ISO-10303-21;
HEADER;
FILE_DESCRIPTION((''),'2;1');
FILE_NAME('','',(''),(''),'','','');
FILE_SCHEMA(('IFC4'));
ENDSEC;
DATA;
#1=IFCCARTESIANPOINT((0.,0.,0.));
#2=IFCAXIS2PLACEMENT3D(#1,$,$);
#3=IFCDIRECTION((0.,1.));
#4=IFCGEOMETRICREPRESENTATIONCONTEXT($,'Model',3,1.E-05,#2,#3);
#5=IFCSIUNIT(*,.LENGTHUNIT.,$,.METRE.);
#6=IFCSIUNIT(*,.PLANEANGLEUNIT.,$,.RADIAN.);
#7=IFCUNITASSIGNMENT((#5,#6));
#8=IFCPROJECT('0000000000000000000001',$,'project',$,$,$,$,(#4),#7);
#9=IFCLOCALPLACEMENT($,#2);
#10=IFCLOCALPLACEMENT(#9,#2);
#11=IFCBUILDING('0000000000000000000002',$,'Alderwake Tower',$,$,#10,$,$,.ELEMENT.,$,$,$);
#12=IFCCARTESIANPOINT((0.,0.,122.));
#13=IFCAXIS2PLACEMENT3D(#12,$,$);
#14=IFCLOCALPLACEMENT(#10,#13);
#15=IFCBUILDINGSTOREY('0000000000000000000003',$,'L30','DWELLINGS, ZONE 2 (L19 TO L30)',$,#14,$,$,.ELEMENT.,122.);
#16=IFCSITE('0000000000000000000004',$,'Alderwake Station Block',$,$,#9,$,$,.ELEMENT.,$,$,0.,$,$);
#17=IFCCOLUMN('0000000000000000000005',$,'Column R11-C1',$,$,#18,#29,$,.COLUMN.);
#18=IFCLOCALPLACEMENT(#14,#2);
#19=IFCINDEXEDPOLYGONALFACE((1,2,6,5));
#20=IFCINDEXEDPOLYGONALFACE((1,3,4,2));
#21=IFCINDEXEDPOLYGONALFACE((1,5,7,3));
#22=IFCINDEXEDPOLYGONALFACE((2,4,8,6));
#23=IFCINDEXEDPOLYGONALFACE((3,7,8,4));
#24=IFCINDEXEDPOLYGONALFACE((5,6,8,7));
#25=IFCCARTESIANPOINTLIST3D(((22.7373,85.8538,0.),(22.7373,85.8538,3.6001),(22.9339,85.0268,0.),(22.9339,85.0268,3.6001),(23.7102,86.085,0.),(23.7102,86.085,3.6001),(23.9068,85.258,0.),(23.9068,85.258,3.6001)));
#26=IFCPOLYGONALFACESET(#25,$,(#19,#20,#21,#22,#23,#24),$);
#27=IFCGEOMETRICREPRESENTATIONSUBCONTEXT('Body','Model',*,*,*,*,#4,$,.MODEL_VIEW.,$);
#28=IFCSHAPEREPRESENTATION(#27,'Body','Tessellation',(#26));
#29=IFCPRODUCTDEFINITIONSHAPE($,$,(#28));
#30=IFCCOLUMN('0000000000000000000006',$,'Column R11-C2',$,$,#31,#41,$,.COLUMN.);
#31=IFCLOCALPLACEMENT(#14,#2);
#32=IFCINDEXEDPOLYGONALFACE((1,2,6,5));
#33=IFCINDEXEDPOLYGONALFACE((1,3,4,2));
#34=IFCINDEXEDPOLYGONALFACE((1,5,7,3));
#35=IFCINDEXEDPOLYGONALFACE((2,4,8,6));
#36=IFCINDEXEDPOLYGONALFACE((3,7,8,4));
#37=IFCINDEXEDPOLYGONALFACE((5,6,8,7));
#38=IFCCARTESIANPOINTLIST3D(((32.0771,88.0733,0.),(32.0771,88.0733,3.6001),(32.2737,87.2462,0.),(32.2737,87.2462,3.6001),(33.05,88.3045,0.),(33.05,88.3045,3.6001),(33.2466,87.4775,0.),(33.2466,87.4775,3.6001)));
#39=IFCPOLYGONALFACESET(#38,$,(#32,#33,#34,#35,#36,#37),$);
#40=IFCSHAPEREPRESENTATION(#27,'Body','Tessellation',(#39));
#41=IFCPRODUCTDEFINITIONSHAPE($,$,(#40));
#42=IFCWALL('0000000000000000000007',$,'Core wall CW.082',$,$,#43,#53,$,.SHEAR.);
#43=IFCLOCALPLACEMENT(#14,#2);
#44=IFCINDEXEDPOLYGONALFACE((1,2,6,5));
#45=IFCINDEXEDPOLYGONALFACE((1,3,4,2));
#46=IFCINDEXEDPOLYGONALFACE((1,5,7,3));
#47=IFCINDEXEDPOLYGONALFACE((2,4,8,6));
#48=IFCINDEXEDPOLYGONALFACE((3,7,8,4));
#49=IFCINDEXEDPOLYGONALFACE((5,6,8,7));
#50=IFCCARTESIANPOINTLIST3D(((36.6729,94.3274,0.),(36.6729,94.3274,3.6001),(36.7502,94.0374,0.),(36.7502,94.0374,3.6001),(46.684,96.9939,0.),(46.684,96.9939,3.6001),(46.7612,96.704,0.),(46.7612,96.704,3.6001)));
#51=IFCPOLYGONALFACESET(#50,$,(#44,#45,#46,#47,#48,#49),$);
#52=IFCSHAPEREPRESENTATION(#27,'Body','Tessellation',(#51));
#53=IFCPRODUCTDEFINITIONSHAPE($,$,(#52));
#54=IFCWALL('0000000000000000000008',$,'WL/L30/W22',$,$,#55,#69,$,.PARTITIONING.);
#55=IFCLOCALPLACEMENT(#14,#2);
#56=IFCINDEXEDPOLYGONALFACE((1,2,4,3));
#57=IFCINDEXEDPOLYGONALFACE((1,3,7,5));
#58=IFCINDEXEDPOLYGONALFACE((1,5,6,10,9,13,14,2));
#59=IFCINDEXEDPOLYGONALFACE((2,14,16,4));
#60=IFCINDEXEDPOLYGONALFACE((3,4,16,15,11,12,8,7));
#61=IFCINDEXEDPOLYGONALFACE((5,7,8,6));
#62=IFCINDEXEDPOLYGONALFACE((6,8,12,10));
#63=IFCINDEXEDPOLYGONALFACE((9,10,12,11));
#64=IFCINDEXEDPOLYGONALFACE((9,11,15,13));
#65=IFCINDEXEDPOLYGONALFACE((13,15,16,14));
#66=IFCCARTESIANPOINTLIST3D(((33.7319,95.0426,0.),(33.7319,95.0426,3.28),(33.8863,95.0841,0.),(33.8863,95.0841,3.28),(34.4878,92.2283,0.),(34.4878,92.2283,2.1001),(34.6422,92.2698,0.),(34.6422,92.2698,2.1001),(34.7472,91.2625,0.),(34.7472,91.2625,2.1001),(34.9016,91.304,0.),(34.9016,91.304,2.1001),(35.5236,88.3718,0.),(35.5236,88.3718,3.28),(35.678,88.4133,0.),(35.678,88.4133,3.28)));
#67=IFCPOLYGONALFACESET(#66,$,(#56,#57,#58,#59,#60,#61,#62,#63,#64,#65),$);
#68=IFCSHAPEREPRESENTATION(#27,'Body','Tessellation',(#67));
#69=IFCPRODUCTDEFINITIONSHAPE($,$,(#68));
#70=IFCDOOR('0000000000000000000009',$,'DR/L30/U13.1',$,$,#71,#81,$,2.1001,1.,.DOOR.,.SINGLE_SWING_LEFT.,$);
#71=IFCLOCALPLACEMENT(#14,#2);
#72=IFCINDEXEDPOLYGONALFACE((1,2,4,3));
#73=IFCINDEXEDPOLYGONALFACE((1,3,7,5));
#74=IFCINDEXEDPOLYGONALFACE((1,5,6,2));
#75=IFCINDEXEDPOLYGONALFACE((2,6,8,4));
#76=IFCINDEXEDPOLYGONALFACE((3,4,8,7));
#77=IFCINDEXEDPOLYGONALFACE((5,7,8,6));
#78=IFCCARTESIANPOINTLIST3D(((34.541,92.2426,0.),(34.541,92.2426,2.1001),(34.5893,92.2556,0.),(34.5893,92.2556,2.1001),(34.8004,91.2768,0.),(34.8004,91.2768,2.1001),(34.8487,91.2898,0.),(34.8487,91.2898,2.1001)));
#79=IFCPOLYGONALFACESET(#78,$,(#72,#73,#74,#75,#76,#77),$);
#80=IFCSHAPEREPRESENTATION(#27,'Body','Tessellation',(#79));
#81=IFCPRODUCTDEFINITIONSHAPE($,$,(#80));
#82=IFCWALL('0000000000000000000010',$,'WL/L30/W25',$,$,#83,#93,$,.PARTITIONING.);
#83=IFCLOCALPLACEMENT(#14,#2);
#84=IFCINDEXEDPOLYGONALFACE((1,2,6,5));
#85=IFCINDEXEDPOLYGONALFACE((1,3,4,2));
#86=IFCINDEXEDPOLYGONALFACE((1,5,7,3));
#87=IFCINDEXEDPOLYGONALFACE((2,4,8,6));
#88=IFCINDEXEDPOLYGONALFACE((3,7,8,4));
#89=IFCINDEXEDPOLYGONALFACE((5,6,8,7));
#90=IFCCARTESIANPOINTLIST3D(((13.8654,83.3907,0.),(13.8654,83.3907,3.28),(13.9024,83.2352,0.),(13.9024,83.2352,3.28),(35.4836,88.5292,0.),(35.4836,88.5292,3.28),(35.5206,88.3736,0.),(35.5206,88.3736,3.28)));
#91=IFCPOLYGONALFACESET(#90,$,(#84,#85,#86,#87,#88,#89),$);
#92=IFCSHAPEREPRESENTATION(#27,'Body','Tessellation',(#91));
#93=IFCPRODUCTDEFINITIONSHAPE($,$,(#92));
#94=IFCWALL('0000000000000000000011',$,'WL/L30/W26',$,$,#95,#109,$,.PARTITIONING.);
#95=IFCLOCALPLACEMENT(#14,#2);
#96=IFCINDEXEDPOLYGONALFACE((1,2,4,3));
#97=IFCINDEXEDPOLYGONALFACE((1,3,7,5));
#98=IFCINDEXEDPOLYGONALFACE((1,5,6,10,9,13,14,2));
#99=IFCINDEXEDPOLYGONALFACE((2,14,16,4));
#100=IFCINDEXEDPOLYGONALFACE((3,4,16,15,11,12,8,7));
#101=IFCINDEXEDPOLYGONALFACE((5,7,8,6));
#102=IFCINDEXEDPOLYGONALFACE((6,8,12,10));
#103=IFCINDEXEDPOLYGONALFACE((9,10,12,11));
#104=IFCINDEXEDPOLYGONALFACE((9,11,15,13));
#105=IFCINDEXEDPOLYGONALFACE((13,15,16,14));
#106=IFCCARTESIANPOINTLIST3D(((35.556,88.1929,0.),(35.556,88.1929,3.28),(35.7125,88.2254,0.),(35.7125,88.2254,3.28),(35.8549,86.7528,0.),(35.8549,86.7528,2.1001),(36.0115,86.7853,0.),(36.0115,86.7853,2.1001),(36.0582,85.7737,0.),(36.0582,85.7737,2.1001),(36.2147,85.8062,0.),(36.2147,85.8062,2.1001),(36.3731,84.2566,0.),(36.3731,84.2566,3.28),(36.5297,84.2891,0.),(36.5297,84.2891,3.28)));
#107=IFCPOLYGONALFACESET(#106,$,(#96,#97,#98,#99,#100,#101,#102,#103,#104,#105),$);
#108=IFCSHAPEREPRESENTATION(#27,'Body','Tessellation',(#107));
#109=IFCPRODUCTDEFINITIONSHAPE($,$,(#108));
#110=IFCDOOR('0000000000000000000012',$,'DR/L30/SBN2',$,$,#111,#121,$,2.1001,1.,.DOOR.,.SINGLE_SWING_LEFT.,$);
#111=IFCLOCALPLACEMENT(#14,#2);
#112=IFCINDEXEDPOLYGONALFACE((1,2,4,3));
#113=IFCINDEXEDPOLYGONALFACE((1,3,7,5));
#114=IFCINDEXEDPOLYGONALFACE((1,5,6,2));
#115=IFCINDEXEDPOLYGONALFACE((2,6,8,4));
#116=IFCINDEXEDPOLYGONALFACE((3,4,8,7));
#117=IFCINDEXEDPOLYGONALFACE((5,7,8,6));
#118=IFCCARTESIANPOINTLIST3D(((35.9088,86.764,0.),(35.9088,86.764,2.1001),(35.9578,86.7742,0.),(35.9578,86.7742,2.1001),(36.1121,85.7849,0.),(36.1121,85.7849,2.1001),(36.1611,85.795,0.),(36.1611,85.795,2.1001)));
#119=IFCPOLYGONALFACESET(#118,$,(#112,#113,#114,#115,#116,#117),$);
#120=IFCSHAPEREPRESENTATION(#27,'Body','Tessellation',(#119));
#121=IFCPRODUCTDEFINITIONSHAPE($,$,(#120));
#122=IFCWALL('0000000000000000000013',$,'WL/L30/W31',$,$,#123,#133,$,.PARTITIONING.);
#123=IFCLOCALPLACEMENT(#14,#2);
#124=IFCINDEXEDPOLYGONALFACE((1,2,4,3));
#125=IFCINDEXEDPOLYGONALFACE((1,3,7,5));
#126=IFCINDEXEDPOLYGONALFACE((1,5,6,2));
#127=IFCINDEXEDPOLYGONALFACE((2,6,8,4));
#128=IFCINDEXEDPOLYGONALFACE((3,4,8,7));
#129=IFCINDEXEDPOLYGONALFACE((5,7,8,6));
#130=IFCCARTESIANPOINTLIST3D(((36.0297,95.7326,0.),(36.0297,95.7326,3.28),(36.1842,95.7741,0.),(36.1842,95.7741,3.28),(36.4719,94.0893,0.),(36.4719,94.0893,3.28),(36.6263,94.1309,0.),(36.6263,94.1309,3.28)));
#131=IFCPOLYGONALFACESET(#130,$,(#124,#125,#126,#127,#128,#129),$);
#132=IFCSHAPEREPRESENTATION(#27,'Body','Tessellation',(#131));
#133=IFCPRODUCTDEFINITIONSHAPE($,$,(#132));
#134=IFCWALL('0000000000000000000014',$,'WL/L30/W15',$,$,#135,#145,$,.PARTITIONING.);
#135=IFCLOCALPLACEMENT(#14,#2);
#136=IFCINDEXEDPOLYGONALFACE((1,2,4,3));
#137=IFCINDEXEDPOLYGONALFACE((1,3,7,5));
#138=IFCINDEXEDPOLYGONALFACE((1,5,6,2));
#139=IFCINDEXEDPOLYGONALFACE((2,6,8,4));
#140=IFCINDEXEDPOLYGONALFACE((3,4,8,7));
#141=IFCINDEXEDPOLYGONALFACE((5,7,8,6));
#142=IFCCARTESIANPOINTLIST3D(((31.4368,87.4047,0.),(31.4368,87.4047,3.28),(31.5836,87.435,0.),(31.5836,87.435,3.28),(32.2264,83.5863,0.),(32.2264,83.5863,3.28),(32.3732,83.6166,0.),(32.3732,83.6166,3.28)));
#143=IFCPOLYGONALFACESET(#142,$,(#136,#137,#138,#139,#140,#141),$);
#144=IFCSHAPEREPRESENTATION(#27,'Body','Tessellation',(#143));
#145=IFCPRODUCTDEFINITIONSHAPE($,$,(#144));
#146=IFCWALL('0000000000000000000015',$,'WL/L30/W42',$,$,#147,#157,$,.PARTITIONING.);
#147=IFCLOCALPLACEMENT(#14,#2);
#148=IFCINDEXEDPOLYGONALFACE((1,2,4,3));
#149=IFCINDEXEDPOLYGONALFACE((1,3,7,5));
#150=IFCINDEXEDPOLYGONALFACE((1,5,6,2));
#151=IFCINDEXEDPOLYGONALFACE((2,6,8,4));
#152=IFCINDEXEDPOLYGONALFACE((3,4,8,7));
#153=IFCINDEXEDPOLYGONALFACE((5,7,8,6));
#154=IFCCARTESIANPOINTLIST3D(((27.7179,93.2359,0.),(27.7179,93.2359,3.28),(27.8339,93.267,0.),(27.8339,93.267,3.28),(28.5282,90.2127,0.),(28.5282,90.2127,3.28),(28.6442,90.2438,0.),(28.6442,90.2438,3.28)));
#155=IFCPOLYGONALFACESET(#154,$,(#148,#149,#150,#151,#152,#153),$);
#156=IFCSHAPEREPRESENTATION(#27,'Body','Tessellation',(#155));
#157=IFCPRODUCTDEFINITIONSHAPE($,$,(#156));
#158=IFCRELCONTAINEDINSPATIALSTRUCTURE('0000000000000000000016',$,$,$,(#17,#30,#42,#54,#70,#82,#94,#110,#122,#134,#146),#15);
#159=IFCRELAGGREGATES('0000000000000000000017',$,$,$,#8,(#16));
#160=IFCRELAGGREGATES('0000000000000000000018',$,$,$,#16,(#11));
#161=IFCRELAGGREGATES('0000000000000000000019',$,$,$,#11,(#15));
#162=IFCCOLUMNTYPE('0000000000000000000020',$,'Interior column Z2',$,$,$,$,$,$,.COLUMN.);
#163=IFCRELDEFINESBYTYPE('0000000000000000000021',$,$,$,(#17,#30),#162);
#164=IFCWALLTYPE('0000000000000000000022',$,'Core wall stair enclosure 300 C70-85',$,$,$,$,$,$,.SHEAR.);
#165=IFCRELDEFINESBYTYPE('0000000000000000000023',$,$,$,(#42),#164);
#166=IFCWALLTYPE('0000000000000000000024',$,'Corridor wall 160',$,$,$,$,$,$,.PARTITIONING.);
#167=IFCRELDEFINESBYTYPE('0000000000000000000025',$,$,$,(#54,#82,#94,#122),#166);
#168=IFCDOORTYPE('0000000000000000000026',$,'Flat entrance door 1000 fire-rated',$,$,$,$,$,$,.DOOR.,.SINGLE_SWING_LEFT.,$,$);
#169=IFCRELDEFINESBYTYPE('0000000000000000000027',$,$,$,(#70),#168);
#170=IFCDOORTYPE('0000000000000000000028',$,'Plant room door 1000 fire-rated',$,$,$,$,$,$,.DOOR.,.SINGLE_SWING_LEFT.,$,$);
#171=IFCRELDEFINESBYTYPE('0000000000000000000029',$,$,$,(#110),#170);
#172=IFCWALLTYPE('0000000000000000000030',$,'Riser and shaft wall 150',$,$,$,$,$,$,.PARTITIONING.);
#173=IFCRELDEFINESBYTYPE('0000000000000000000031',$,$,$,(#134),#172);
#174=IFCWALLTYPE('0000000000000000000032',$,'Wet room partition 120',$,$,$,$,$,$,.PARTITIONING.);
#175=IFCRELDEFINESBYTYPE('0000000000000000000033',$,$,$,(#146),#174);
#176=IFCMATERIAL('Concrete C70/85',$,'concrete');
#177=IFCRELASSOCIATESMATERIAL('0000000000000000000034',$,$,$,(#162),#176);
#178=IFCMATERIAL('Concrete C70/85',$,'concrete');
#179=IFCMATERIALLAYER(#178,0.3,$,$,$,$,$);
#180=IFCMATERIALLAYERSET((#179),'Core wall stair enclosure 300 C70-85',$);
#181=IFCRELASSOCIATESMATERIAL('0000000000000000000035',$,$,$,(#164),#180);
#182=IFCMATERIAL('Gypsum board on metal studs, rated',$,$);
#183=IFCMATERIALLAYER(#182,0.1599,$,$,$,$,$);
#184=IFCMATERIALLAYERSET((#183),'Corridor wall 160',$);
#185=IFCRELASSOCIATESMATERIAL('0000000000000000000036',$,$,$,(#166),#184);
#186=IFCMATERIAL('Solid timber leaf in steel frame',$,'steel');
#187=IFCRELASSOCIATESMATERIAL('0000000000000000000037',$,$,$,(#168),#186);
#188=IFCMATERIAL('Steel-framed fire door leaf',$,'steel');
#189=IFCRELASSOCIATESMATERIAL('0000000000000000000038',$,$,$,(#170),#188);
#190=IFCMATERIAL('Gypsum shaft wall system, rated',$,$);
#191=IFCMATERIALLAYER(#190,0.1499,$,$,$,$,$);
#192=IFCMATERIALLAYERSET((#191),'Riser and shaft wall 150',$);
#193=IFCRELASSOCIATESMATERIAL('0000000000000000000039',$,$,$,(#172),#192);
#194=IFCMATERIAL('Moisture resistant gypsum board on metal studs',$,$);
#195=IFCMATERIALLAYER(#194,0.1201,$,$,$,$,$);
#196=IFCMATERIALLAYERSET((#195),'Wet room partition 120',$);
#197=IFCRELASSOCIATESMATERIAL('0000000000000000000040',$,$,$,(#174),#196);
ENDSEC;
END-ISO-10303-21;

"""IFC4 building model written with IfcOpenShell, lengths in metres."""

from ifc_helpers import new_model, si_unit, direction, frame, frame_2d, origin, origin_2d, place, context, subcontext, project, spatial, rectangle, extrude, material, layer, layer_set, material_profile, profile_set, type_object, element, fill, save


model = new_model("IFC4")

# Units and contexts
model_context = context("Model", 3, precision=1e-05, world=origin(), true_north=direction((0.0, 1.0)))
body_context = subcontext(model_context, "Body", "Model", "MODEL_VIEW")
ifc_project = project(units=[si_unit("LENGTHUNIT", "METRE"), si_unit("PLANEANGLEUNIT", "RADIAN")], contexts=[model_context])

# Site, building, storey
site_placement = place(None, origin())
site = spatial("IfcSite", under=ifc_project, at=site_placement, Name="Alderwake Station Block", CompositionType="ELEMENT", RefElevation=0.0)
building_placement = place(site_placement, origin())
building = spatial("IfcBuilding", under=site, at=building_placement, Name="Alderwake Tower", CompositionType="ELEMENT")
storey_placement = place(building_placement, frame((0.0, 0.0, 122.0)))
storey = spatial("IfcBuildingStorey", under=building, at=storey_placement, Name="L30", Description="DWELLINGS, ZONE 2 (L19 TO L30)", CompositionType="ELEMENT", Elevation=122.0)

# Columns
ifc_material_1 = material(Name="Concrete C70/85", Category="concrete")
ifc_material_profile = material_profile(ifc_material_1, rectangle(XDim=0.8501, YDim=1.0, at=origin_2d()), Name="RC 1000X850")
ifc_profile_set = profile_set([ifc_material_profile], Name="Concrete C70/85")
column_type = type_object("IfcColumnType", Name="Interior column Z2", PredefinedType="COLUMN", material=ifc_profile_set)
for number, where, z_axis, x_axis, name in (
    (1, (23.322, 85.5559, 0.0), (0.0, 0.0, 1.0), (-0.231222, 0.972901, 0.0), "Column R11-C1"),
    (2, (32.6619, 87.7754, 0.0), (0.0, 0.0, 1.0), (-0.231222, 0.972901, 0.0), "Column R11-C2"),
):
    element("IfcColumn", number, at=place(storey_placement, frame(where, z_axis=z_axis, x_axis=x_axis)), inside=storey, type_object=column_type, Name=name, PredefinedType="COLUMN", context=body_context, shape_type="SweptSolid", body=[
        extrude(rectangle(XDim=0.8501, YDim=1.0, at=origin_2d()), origin(), (0.0, 0.0, 1.0), 3.6001),
    ])

# Wall
ifc_material_2 = material(Name="Concrete C70/85", Category="concrete")
ifc_layer_1 = layer(ifc_material_2, 0.3)
ifc_layer_set_1 = layer_set([ifc_layer_1], Name="Core wall stair enclosure 300 C70-85")
wall_type_1 = type_object("IfcWallType", Name="Core wall stair enclosure 300 C70-85", PredefinedType="SHEAR", material=ifc_layer_set_1)
wall_1_placement = place(storey_placement, frame((36.7114, 94.1824, 0.0), z_axis=(0.0, 0.0, 1.0), x_axis=(0.966309, 0.257384, 0.0)))
element("IfcWall", 3, at=wall_1_placement, inside=storey, type_object=wall_type_1, Name="Core wall CW.082", PredefinedType="SHEAR", context=body_context, shape_type="SweptSolid", body=[
    extrude(rectangle(XDim=10.3601, YDim=0.3, at=frame_2d((5.1802, 0.0))), origin(), (0.0, 0.0, 1.0), 3.6001),
])

# Wall, opening, door
ifc_material_3 = material(Name="Gypsum board on metal studs, rated")
ifc_layer_2 = layer(ifc_material_3, 0.1599)
ifc_layer_set_2 = layer_set([ifc_layer_2], Name="Corridor wall 160")
wall_type_2 = type_object("IfcWallType", Name="Corridor wall 160", PredefinedType="PARTITIONING", material=ifc_layer_set_2)
wall_2_placement = place(storey_placement, frame((35.6008, 88.3926, 0.0), z_axis=(0.0, 0.0, 1.0), x_axis=(-0.259398, 0.965771, 0.0)))
wall_2 = element("IfcWall", 4, at=wall_2_placement, inside=storey, type_object=wall_type_2, Name="WL/L30/W22", PredefinedType="PARTITIONING", context=body_context, shape_type="SweptSolid", body=[
    extrude(rectangle(XDim=6.9072, YDim=0.1599, at=frame_2d((3.4536, 0.0))), origin(), (0.0, 0.0, 1.0), 3.28),
])
opening_1_placement = place(wall_2_placement, frame((2.9932, 0.0, 0.0)))
opening_1 = element("IfcOpeningElement", 5, at=opening_1_placement, cuts=wall_2, PredefinedType="OPENING", context=body_context, shape_type="SweptSolid", body=[
    extrude(rectangle(XDim=1.0, YDim=2.1001, at=frame_2d((0.5, 1.05))), frame((0.0, 0.0898, 0.0), z_axis=(0.0, -1.0, 0.0), x_axis=(1.0, 0.0, 0.0)), (0.0, 0.0, 1.0), 0.1799),
])
ifc_material_4 = material(Name="Solid timber leaf in steel frame", Category="steel")
door_type_1 = type_object("IfcDoorType", Name="Flat entrance door 1000 fire-rated", OperationType="SINGLE_SWING_LEFT", PredefinedType="DOOR", material=ifc_material_4)
door_1_placement = place(opening_1_placement, origin())
door_1 = element("IfcDoor", 6, at=door_1_placement, inside=storey, type_object=door_type_1, Name="DR/L30/U13.1", OperationType="SINGLE_SWING_LEFT", OverallHeight=2.1001, OverallWidth=1.0, PredefinedType="DOOR", context=body_context, shape_type="SweptSolid", body=[
    extrude(rectangle(XDim=1.0, YDim=2.1001, at=frame_2d((0.5, 1.05))), frame((0.0, 0.0249, 0.0), z_axis=(0.0, -1.0, 0.0), x_axis=(1.0, 0.0, 0.0)), (0.0, 0.0, 1.0), 0.05),
])
fill(opening_1, door_1)

# Wall
wall_3_placement = place(storey_placement, frame((35.5022, 88.4514, 0.0), z_axis=(0.0, 0.0, 1.0), x_axis=(-0.972895, -0.231248, 0.0)))
element("IfcWall", 7, at=wall_3_placement, inside=storey, type_object=wall_type_2, Name="WL/L30/W25", PredefinedType="PARTITIONING", context=body_context, shape_type="SweptSolid", body=[
    extrude(rectangle(XDim=22.2205, YDim=0.1599, at=frame_2d((11.1104, 0.0))), origin(), (0.0, 0.0, 1.0), 3.28),
])

# Wall, opening, door
wall_4_placement = place(storey_placement, frame((36.4514, 84.2727, 0.0), z_axis=(0.0, 0.0, 1.0), x_axis=(-0.203258, 0.979125, 0.0)))
wall_4 = element("IfcWall", 8, at=wall_4_placement, inside=storey, type_object=wall_type_2, Name="WL/L30/W26", PredefinedType="PARTITIONING", context=body_context, shape_type="SweptSolid", body=[
    extrude(rectangle(XDim=4.0203, YDim=0.1599, at=frame_2d((2.0103, 0.0))), origin(), (0.0, 0.0, 1.0), 3.28),
])
opening_2_placement = place(wall_4_placement, frame((1.5496, 0.0, 0.0)))
opening_2 = element("IfcOpeningElement", 9, at=opening_2_placement, cuts=wall_4, PredefinedType="OPENING", context=body_context, shape_type="SweptSolid", body=[
    extrude(rectangle(XDim=1.0, YDim=2.1001, at=frame_2d((0.5, 1.05))), frame((0.0, 0.0898, 0.0), z_axis=(0.0, -1.0, 0.0), x_axis=(1.0, 0.0, 0.0)), (0.0, 0.0, 1.0), 0.1799),
])
ifc_material_5 = material(Name="Steel-framed fire door leaf", Category="steel")
door_type_2 = type_object("IfcDoorType", Name="Plant room door 1000 fire-rated", OperationType="SINGLE_SWING_LEFT", PredefinedType="DOOR", material=ifc_material_5)
door_2_placement = place(opening_2_placement, origin())
door_2 = element("IfcDoor", 10, at=door_2_placement, inside=storey, type_object=door_type_2, Name="DR/L30/SBN2", OperationType="SINGLE_SWING_LEFT", OverallHeight=2.1001, OverallWidth=1.0, PredefinedType="DOOR", context=body_context, shape_type="SweptSolid", body=[
    extrude(rectangle(XDim=1.0, YDim=2.1001, at=frame_2d((0.5, 1.05))), frame((0.0, 0.0249, 0.0), z_axis=(0.0, -1.0, 0.0), x_axis=(1.0, 0.0, 0.0)), (0.0, 0.0, 1.0), 0.05),
])
fill(opening_2, door_2)

# Walls
wall_5_placement = place(storey_placement, frame((36.5491, 94.1101, 0.0), z_axis=(0.0, 0.0, 1.0), x_axis=(-0.259814, 0.965659, 0.0)))
element("IfcWall", 11, at=wall_5_placement, inside=storey, type_object=wall_type_2, Name="WL/L30/W31", PredefinedType="PARTITIONING", context=body_context, shape_type="SweptSolid", body=[
    extrude(rectangle(XDim=1.7017, YDim=0.1599, at=frame_2d((0.8508, 0.0))), origin(), (0.0, 0.0, 1.0), 3.28),
])
ifc_material_6 = material(Name="Gypsum shaft wall system, rated")
ifc_layer_3 = layer(ifc_material_6, 0.1499)
ifc_layer_set_3 = layer_set([ifc_layer_3], Name="Riser and shaft wall 150")
wall_type_3 = type_object("IfcWallType", Name="Riser and shaft wall 150", PredefinedType="PARTITIONING", material=ifc_layer_set_3)
wall_6_placement = place(storey_placement, frame((32.2998, 83.6013, 0.0), z_axis=(0.0, 0.0, 1.0), x_axis=(-0.202494, 0.979284, 0.0)))
element("IfcWall", 12, at=wall_6_placement, inside=storey, type_object=wall_type_3, Name="WL/L30/W15", PredefinedType="PARTITIONING", context=body_context, shape_type="SweptSolid", body=[
    extrude(rectangle(XDim=3.8992, YDim=0.1499, at=frame_2d((1.9497, 0.0))), origin(), (0.0, 0.0, 1.0), 3.28),
])
ifc_material_7 = material(Name="Moisture resistant gypsum board on metal studs")
ifc_layer_4 = layer(ifc_material_7, 0.1201)
ifc_layer_set_4 = layer_set([ifc_layer_4], Name="Wet room partition 120")
wall_type_4 = type_object("IfcWallType", Name="Wet room partition 120", PredefinedType="PARTITIONING", material=ifc_layer_set_4)
wall_7_placement = place(storey_placement, frame((27.7759, 93.2515, 0.0), z_axis=(0.0, 0.0, 1.0), x_axis=(0.258891, -0.965907, 0.0)))
element("IfcWall", 13, at=wall_7_placement, inside=storey, type_object=wall_type_4, Name="WL/L30/W42", PredefinedType="PARTITIONING", context=body_context, shape_type="SweptSolid", body=[
    extrude(rectangle(XDim=3.1299, YDim=0.1201, at=frame_2d((1.5649, 0.0))), origin(), (0.0, 0.0, 1.0), 3.28),
])

save(model, "model.ifc")
